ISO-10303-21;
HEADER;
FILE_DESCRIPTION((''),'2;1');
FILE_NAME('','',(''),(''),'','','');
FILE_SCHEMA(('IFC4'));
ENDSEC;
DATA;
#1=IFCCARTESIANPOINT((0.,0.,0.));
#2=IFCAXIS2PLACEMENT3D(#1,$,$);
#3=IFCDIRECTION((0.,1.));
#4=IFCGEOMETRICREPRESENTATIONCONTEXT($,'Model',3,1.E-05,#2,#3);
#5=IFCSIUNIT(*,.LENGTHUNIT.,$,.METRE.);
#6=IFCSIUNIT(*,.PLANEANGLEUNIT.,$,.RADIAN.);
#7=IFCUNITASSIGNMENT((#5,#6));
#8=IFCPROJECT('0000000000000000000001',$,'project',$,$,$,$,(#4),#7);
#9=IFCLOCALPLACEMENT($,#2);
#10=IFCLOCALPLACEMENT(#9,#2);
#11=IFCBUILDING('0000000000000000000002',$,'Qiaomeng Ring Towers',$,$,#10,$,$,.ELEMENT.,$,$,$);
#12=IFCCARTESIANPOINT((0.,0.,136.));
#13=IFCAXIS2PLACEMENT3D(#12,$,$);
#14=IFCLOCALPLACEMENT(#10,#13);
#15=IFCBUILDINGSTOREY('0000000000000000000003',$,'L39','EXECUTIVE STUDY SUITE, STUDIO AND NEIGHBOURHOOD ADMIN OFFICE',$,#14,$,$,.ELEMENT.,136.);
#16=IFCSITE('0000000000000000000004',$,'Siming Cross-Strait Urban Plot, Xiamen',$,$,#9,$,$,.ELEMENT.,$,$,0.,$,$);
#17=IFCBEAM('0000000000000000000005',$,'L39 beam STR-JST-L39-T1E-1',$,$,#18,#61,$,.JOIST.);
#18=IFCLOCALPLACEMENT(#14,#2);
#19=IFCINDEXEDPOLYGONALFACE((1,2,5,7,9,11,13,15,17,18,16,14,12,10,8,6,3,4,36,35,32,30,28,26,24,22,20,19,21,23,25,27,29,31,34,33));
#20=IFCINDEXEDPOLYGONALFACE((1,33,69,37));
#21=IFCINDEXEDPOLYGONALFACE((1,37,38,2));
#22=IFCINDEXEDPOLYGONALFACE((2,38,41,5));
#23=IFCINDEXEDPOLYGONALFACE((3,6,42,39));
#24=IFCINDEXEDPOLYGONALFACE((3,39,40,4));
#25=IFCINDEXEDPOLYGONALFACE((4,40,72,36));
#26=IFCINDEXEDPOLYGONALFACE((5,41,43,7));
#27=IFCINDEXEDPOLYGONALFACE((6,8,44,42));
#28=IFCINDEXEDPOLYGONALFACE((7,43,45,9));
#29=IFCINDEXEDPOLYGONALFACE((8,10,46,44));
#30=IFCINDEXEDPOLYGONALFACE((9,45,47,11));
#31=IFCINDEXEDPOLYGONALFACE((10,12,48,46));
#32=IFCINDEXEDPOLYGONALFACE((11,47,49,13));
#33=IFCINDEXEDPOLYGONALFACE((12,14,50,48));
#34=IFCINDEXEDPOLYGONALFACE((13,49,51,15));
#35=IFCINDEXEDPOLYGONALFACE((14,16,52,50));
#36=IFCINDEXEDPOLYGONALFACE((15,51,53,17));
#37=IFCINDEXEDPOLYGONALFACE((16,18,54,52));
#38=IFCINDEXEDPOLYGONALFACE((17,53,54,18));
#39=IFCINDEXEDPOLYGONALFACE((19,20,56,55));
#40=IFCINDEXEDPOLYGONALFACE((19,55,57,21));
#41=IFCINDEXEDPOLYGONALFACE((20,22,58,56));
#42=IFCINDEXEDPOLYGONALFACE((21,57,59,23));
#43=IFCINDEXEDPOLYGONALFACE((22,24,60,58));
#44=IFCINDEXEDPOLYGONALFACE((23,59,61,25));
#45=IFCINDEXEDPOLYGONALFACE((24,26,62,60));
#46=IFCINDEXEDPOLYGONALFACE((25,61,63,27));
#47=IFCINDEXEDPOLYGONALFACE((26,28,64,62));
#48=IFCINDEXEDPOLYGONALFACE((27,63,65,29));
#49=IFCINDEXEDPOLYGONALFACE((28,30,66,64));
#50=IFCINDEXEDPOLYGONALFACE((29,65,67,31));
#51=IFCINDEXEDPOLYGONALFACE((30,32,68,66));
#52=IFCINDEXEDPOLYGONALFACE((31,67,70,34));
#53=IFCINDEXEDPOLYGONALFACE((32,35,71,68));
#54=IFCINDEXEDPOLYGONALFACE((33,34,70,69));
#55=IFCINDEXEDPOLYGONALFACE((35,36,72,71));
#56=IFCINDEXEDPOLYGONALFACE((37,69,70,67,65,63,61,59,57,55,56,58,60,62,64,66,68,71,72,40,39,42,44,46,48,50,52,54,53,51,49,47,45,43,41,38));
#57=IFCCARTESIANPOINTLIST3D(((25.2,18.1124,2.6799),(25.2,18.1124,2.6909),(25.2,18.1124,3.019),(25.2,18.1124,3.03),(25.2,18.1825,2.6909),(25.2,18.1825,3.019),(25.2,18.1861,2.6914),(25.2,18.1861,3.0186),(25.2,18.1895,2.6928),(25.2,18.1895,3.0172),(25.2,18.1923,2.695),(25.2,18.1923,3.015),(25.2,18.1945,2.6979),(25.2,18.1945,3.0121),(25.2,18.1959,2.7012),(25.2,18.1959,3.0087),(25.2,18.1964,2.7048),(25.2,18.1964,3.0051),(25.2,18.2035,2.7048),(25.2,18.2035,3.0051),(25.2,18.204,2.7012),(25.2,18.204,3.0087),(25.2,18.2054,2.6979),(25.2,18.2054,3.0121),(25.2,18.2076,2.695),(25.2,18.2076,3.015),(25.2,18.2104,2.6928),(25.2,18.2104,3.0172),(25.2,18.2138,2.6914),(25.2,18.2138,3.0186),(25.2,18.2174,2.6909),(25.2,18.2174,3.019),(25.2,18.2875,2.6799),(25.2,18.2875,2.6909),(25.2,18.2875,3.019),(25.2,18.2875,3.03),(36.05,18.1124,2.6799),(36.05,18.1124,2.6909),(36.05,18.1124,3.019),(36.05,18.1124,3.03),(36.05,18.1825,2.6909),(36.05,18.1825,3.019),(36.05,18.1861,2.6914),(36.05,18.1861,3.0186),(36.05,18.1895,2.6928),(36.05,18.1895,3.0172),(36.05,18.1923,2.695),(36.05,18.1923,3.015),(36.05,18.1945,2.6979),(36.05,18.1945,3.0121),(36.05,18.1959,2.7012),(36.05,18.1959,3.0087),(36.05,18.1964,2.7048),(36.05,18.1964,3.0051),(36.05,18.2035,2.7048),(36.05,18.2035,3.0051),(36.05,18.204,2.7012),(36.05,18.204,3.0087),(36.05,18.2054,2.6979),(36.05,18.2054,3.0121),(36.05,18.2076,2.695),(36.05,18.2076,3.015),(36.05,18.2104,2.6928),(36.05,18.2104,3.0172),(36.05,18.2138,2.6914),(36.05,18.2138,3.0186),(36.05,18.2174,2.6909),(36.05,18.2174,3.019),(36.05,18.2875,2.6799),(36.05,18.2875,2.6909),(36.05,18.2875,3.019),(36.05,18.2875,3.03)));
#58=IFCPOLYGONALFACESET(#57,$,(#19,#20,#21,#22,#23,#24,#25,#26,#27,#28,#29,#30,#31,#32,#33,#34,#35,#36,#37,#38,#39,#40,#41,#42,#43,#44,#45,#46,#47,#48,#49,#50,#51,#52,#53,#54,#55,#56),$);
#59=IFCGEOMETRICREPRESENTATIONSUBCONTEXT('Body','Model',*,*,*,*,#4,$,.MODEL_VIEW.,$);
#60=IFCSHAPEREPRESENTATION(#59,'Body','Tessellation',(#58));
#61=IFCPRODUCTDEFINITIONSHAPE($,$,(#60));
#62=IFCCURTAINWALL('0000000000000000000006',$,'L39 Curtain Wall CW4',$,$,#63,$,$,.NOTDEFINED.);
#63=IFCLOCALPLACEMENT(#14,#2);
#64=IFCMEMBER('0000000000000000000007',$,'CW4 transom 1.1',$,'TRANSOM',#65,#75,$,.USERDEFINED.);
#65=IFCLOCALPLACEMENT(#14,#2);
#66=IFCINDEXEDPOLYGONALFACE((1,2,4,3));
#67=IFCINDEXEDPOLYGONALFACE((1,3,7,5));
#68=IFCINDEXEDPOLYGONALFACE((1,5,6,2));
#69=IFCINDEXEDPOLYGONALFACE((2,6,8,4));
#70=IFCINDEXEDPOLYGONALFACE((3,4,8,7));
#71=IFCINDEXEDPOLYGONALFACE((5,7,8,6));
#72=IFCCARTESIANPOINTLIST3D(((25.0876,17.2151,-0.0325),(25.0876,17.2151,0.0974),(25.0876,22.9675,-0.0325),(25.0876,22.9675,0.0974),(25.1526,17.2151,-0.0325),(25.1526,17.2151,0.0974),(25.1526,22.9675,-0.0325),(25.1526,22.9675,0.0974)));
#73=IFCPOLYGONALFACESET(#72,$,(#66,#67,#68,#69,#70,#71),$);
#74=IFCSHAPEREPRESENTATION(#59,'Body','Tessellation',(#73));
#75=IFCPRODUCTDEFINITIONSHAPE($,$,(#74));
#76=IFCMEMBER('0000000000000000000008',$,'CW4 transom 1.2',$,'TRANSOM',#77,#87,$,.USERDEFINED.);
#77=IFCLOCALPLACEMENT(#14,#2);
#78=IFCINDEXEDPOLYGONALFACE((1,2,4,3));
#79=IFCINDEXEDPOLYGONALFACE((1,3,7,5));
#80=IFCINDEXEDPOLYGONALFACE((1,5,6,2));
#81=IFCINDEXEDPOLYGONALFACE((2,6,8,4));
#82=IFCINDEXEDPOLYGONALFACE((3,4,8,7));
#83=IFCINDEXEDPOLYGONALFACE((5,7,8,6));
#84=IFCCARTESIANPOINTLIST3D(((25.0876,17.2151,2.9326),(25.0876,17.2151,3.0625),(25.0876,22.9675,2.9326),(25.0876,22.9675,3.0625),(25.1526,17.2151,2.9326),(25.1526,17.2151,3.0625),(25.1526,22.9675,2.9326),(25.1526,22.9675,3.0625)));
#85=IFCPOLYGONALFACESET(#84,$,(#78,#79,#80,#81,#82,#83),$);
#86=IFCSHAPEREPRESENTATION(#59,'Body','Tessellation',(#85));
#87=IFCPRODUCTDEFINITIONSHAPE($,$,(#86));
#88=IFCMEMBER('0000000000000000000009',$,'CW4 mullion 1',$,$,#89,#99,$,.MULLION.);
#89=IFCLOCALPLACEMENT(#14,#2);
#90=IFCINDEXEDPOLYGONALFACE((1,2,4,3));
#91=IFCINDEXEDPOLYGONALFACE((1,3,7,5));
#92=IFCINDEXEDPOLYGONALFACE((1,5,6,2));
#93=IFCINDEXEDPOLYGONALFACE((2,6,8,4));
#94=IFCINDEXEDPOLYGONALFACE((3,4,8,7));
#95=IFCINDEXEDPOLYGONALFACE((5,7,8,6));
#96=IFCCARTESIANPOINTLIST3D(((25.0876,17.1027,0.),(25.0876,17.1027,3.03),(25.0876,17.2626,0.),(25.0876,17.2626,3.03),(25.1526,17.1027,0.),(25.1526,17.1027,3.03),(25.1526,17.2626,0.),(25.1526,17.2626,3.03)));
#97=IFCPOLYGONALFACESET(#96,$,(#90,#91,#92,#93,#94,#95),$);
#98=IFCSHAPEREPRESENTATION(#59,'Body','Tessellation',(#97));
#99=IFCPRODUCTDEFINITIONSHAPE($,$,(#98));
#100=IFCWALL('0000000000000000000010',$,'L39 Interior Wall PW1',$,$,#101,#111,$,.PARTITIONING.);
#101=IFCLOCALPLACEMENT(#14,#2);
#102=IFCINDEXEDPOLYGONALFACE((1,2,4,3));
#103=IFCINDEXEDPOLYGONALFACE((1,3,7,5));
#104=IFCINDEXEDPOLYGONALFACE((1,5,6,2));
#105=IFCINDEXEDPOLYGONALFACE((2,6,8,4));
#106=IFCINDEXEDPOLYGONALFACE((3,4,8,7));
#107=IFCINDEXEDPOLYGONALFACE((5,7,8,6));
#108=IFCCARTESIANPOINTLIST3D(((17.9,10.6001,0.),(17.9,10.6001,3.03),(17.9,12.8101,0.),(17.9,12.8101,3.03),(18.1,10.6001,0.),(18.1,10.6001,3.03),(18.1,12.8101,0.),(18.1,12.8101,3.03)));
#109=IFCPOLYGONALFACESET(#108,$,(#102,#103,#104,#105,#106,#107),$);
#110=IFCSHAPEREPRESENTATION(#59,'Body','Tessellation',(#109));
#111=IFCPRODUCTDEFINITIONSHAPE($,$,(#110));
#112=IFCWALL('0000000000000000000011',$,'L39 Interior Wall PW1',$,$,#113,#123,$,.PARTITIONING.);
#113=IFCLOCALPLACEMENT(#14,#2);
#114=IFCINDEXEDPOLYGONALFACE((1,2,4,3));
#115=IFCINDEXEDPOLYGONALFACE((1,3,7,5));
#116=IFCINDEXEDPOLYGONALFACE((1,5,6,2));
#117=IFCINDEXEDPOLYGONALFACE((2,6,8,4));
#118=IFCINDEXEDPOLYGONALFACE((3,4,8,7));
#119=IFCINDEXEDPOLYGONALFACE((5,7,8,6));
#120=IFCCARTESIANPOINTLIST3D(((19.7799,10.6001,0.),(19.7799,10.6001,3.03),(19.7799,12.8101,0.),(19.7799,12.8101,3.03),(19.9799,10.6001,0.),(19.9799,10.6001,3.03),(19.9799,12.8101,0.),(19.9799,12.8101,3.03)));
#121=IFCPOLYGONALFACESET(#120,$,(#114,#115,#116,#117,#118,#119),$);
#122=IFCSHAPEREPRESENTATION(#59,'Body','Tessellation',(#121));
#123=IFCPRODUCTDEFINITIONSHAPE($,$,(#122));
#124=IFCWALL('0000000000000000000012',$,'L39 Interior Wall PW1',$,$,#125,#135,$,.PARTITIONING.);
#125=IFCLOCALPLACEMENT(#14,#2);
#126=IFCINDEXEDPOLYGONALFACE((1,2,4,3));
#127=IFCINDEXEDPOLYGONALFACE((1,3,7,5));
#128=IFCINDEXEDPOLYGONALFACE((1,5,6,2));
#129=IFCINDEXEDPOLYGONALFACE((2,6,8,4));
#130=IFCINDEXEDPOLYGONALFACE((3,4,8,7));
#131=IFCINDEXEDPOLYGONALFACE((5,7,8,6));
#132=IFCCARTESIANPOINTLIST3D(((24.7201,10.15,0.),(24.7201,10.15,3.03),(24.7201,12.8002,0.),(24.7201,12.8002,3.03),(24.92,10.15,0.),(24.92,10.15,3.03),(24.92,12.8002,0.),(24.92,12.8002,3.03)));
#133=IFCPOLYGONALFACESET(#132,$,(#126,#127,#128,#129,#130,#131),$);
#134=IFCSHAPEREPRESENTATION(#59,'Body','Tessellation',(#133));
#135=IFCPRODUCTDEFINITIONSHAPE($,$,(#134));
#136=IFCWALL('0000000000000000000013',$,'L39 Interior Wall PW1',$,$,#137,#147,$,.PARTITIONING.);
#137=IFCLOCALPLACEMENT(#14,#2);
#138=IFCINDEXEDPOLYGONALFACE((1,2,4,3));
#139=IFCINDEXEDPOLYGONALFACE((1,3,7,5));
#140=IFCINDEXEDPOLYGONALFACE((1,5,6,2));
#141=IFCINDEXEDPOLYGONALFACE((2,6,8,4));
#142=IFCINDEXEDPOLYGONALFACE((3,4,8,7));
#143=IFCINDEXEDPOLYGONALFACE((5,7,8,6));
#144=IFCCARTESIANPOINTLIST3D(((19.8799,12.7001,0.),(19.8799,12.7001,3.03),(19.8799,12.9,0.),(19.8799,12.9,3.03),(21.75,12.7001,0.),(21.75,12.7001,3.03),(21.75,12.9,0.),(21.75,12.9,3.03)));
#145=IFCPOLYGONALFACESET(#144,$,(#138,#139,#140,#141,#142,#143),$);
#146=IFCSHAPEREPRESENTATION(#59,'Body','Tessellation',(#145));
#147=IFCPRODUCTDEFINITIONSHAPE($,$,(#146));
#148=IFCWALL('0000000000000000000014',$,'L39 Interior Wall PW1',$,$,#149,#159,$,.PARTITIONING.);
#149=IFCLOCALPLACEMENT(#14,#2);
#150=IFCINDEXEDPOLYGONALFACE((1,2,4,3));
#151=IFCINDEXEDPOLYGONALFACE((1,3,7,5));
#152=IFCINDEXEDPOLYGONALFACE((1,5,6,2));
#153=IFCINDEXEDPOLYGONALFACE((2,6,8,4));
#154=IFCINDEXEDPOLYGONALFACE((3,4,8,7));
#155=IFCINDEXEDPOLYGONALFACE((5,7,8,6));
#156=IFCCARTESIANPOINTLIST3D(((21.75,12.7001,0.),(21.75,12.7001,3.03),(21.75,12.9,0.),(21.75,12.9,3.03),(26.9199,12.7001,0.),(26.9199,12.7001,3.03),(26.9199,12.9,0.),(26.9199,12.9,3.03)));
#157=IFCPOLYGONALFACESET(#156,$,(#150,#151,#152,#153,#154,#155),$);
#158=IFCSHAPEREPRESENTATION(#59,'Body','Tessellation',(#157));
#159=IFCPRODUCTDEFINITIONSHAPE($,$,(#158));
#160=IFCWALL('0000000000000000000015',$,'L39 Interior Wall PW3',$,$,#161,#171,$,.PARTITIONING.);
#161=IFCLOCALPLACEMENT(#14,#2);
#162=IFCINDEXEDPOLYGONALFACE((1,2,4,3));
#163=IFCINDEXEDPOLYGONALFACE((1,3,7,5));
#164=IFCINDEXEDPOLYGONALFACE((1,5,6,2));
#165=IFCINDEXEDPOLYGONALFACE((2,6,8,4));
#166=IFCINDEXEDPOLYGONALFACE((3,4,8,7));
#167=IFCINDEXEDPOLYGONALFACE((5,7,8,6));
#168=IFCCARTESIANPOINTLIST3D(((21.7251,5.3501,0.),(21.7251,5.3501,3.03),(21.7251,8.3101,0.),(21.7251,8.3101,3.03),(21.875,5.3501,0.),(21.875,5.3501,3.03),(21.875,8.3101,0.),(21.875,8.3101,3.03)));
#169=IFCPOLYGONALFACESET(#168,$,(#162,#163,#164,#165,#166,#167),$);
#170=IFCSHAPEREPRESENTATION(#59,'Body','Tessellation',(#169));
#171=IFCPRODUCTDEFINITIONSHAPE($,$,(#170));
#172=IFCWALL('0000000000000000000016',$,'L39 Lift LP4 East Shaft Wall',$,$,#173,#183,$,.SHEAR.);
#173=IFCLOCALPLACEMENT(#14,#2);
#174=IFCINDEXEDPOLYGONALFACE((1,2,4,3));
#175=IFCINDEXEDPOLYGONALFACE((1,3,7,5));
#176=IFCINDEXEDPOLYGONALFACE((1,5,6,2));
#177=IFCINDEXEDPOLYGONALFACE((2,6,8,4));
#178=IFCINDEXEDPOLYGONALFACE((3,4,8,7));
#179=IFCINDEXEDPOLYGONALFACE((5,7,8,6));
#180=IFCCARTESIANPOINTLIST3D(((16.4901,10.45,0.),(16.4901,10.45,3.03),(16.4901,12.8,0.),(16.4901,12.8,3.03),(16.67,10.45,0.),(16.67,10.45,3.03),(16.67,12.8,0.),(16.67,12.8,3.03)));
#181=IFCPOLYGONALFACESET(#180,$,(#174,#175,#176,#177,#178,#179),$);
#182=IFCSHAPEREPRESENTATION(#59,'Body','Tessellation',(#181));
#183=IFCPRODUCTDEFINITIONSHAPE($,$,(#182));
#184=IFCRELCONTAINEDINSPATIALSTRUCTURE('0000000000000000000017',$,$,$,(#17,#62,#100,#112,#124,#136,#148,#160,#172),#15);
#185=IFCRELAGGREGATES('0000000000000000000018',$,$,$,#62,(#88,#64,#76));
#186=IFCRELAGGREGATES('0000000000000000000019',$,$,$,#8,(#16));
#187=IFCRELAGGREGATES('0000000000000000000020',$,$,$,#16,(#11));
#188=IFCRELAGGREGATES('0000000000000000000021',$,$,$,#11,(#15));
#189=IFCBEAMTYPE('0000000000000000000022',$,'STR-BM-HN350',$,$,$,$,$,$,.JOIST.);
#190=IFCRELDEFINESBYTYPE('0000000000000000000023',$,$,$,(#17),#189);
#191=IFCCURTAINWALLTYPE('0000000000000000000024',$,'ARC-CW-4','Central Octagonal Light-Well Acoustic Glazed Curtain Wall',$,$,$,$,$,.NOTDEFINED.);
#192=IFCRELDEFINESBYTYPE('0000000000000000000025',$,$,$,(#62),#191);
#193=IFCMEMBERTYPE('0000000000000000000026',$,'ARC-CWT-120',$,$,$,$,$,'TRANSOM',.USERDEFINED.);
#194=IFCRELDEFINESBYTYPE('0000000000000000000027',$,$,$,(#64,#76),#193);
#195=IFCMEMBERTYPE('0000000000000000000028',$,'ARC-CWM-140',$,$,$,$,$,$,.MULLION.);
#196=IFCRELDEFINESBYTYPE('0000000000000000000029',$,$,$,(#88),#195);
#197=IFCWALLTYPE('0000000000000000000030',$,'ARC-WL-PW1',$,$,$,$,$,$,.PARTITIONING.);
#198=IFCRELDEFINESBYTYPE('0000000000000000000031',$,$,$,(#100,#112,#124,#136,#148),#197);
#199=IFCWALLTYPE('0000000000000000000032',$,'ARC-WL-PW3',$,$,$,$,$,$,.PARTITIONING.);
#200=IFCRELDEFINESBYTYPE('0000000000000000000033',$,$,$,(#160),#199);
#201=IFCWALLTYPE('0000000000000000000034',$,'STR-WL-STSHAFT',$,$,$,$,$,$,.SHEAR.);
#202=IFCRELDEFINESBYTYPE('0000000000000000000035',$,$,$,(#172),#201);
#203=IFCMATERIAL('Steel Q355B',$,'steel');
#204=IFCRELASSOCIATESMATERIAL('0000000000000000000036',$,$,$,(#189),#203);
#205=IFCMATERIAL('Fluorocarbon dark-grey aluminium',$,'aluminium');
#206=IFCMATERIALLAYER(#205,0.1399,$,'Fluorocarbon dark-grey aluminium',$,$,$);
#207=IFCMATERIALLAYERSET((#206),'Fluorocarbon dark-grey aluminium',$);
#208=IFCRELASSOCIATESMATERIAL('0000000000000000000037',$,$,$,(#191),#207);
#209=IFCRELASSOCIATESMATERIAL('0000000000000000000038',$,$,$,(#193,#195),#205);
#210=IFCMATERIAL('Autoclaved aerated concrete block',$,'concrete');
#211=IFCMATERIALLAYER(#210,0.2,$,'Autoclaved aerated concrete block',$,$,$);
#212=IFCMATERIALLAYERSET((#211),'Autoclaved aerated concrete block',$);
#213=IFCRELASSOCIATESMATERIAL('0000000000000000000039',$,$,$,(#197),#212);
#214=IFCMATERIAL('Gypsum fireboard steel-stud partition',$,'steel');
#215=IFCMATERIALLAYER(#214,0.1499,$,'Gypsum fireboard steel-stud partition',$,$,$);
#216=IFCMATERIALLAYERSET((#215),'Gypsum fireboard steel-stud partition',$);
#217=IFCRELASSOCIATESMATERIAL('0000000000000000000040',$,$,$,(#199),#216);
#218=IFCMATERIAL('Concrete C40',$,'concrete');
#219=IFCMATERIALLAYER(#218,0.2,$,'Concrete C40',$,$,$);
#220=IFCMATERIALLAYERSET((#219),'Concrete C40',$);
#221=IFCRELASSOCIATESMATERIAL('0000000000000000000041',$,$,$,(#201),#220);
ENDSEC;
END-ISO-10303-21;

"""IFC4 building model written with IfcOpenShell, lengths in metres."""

from ifc_helpers import new_model, si_unit, direction, frame, frame_2d, origin, origin_2d, place, context, subcontext, project, spatial, rectangle, i_section, extrude, source, transform, mapped, material, layer, layer_set, material_profile, profile_set, type_object, element, aggregate, save


model = new_model("IFC4")

# Units and contexts
model_context = context("Model", 3, precision=1e-05, world=origin(), true_north=direction((0.0, 1.0)))
body_context = subcontext(model_context, "Body", "Model", "MODEL_VIEW")
ifc_project = project(units=[si_unit("LENGTHUNIT", "METRE"), si_unit("PLANEANGLEUNIT", "RADIAN")], contexts=[model_context])

# Site, building, storey
site_placement = place(None, origin())
site = spatial("IfcSite", under=ifc_project, at=site_placement, Name="Siming Cross-Strait Urban Plot, Xiamen", CompositionType="ELEMENT", RefElevation=0.0)
building_placement = place(site_placement, origin())
building = spatial("IfcBuilding", under=site, at=building_placement, Name="Qiaomeng Ring Towers", CompositionType="ELEMENT")
storey_placement = place(building_placement, frame((0.0, 0.0, 136.0)))
storey = spatial("IfcBuildingStorey", under=building, at=storey_placement, Name="L39", Description="EXECUTIVE STUDY SUITE, STUDIO AND NEIGHBOURHOOD ADMIN OFFICE", CompositionType="ELEMENT", Elevation=136.0)

# Beam
ifc_material_1 = material(Name="Steel Q355B", Category="steel")
ifc_material_profile_1 = material_profile(ifc_material_1, i_section(OverallWidth=0.175, OverallDepth=0.3501, WebThickness=0.0071, FlangeThickness=0.011, FilletRadius=0.0139, at=origin_2d()), Name="HN 350x175x7x11")
ifc_profile_set_1 = profile_set([ifc_material_profile_1], Name="Steel Q355B")
beam_type_1 = type_object("IfcBeamType", Name="STR-BM-HN350", PredefinedType="JOIST", material=ifc_profile_set_1)
shared_shape_1 = source(origin(), body_context, "Body", "SweptSolid", [
    extrude(i_section(OverallWidth=0.175, OverallDepth=0.3501, WebThickness=0.0071, FlangeThickness=0.011, FilletRadius=0.0139, at=origin_2d()), origin(), (0.0, 0.0, 1.0), 10.8501),
])
beam_1_placement = place(storey_placement, frame((25.2, 18.2, 2.855), z_axis=(1.0, 0.0, 0.0), x_axis=(0.0, 1.0, 0.0)))
element("IfcBeam", 1, at=beam_1_placement, inside=storey, type_object=beam_type_1, Name="L39 beam STR-JST-L39-T1E-1", PredefinedType="JOIST", context=body_context, shape_type="MappedRepresentation", body=[
    mapped(shared_shape_1, transform((0.0, 0.0, 0.0), x_axis=(1.0, 0.0, 0.0), y_axis=(0.0, 1.0, 0.0), z_axis=(0.0, 0.0, 1.0), scale=1.0)),
])

# Curtain wall, members
ifc_material_2 = material(Name="Fluorocarbon dark-grey aluminium", Category="aluminium")
ifc_layer_1 = layer(ifc_material_2, 0.1399, Name="Fluorocarbon dark-grey aluminium")
ifc_layer_set_1 = layer_set([ifc_layer_1], Name="Fluorocarbon dark-grey aluminium")
curtain_wall_type = type_object("IfcCurtainWallType", Name="ARC-CW-4", Description="Central Octagonal Light-Well Acoustic Glazed Curtain Wall", PredefinedType="NOTDEFINED", material=ifc_layer_set_1)
curtain_wall_placement = place(storey_placement, origin())
curtain_wall = element("IfcCurtainWall", 2, at=curtain_wall_placement, inside=storey, type_object=curtain_wall_type, Name="L39 Curtain Wall CW4", PredefinedType="NOTDEFINED")
ifc_material_profile_2 = material_profile(ifc_material_2, rectangle(XDim=0.0649, YDim=0.1299, at=origin_2d()), Name="ALU TRAN 65x130")
ifc_profile_set_2 = profile_set([ifc_material_profile_2], Name="Fluorocarbon dark-grey aluminium")
member_type_1 = type_object("IfcMemberType", Name="ARC-CWT-120", ElementType="TRANSOM", PredefinedType="USERDEFINED", material=ifc_profile_set_2)
shared_shape_2 = source(origin(), body_context, "Body", "SweptSolid", [
    extrude(rectangle(XDim=0.0649, YDim=0.1299, at=origin_2d()), origin(), (0.0, 0.0, 1.0), 5.7524),
])
member_1_placement = place(storey_placement, frame((25.1201, 17.2151, 0.0325), z_axis=(0.0, 1.0, 0.0), x_axis=(-1.0, 0.0, 0.0)))
member_1 = element("IfcMember", 3, at=member_1_placement, type_object=member_type_1, Name="CW4 transom 1.1", ObjectType="TRANSOM", PredefinedType="USERDEFINED", context=body_context, shape_type="MappedRepresentation", body=[
    mapped(shared_shape_2, transform((0.0, 0.0, 0.0), x_axis=(1.0, 0.0, 0.0), y_axis=(0.0, 1.0, 0.0), z_axis=(0.0, 0.0, 1.0), scale=1.0)),
])
member_2_placement = place(storey_placement, frame((25.1201, 17.2151, 2.9976), z_axis=(0.0, 1.0, 0.0), x_axis=(-1.0, 0.0, 0.0)))
member_2 = element("IfcMember", 4, at=member_2_placement, type_object=member_type_1, Name="CW4 transom 1.2", ObjectType="TRANSOM", PredefinedType="USERDEFINED", context=body_context, shape_type="MappedRepresentation", body=[
    mapped(shared_shape_2, transform((0.0, 0.0, 0.0), x_axis=(1.0, 0.0, 0.0), y_axis=(0.0, 1.0, 0.0), z_axis=(0.0, 0.0, 1.0), scale=1.0)),
])
ifc_material_profile_3 = material_profile(ifc_material_2, rectangle(XDim=0.0649, YDim=0.1599, at=origin_2d()), Name="ALU MULL 65x160")
ifc_profile_set_3 = profile_set([ifc_material_profile_3], Name="Fluorocarbon dark-grey aluminium")
member_type_2 = type_object("IfcMemberType", Name="ARC-CWM-140", PredefinedType="MULLION", material=ifc_profile_set_3)
shared_shape_3 = source(origin(), body_context, "Body", "SweptSolid", [
    extrude(rectangle(XDim=0.0649, YDim=0.1599, at=origin_2d()), origin(), (0.0, 0.0, 1.0), 3.03),
])
member_3_placement = place(storey_placement, frame((25.1201, 17.1826, 0.0), z_axis=(0.0, 0.0, 1.0), x_axis=(-1.0, 0.0, 0.0)))
member_3 = element("IfcMember", 5, at=member_3_placement, type_object=member_type_2, Name="CW4 mullion 1", PredefinedType="MULLION", context=body_context, shape_type="MappedRepresentation", body=[
    mapped(shared_shape_3, transform((0.0, 0.0, 0.0), x_axis=(1.0, 0.0, 0.0), y_axis=(0.0, 1.0, 0.0), z_axis=(0.0, 0.0, 1.0), scale=1.0)),
])
aggregate(curtain_wall, [member_3, member_1, member_2])

# Walls
ifc_material_3 = material(Name="Autoclaved aerated concrete block", Category="concrete")
ifc_layer_2 = layer(ifc_material_3, 0.2, Name="Autoclaved aerated concrete block")
ifc_layer_set_2 = layer_set([ifc_layer_2], Name="Autoclaved aerated concrete block")
wall_type_1 = type_object("IfcWallType", Name="ARC-WL-PW1", PredefinedType="PARTITIONING", material=ifc_layer_set_2)
for number, where, z_axis, x_axis, name in (
    (6, (18.0, 10.6001, 0.0), (0.0, 0.0, 1.0), (0.0, 1.0, 0.0), "L39 Interior Wall PW1"),
    (7, (19.8799, 10.6001, 0.0), (0.0, 0.0, 1.0), (0.0, 1.0, 0.0), "L39 Interior Wall PW1"),
):
    element("IfcWall", number, at=place(storey_placement, frame(where, z_axis=z_axis, x_axis=x_axis)), inside=storey, type_object=wall_type_1, Name=name, PredefinedType="PARTITIONING", context=body_context, shape_type="SweptSolid", body=[
        extrude(rectangle(XDim=2.21, YDim=0.2, at=frame_2d((1.105, 0.0))), origin(), (0.0, 0.0, 1.0), 3.03),
    ])
wall_1_placement = place(storey_placement, frame((24.8201, 10.1499, 0.0), z_axis=(0.0, 0.0, 1.0), x_axis=(0.0, 1.0, 0.0)))
element("IfcWall", 8, at=wall_1_placement, inside=storey, type_object=wall_type_1, Name="L39 Interior Wall PW1", PredefinedType="PARTITIONING", context=body_context, shape_type="SweptSolid", body=[
    extrude(rectangle(XDim=2.6501, YDim=0.2, at=frame_2d((1.3252, 0.0))), origin(), (0.0, 0.0, 1.0), 3.03),
])
wall_2_placement = place(storey_placement, frame((19.8799, 12.8, 0.0), z_axis=(0.0, 0.0, 1.0), x_axis=(1.0, 0.0, 0.0)))
element("IfcWall", 9, at=wall_2_placement, inside=storey, type_object=wall_type_1, Name="L39 Interior Wall PW1", PredefinedType="PARTITIONING", context=body_context, shape_type="SweptSolid", body=[
    extrude(rectangle(XDim=1.8701, YDim=0.2, at=frame_2d((0.9351, 0.0))), origin(), (0.0, 0.0, 1.0), 3.03),
])
wall_3_placement = place(storey_placement, frame((21.75, 12.8, 0.0), z_axis=(0.0, 0.0, 1.0), x_axis=(1.0, 0.0, 0.0)))
element("IfcWall", 10, at=wall_3_placement, inside=storey, type_object=wall_type_1, Name="L39 Interior Wall PW1", PredefinedType="PARTITIONING", context=body_context, shape_type="SweptSolid", body=[
    extrude(rectangle(XDim=5.1699, YDim=0.2, at=frame_2d((2.585, 0.0))), origin(), (0.0, 0.0, 1.0), 3.03),
])
ifc_material_4 = material(Name="Gypsum fireboard steel-stud partition", Category="steel")
ifc_layer_3 = layer(ifc_material_4, 0.1499, Name="Gypsum fireboard steel-stud partition")
ifc_layer_set_3 = layer_set([ifc_layer_3], Name="Gypsum fireboard steel-stud partition")
wall_type_2 = type_object("IfcWallType", Name="ARC-WL-PW3", PredefinedType="PARTITIONING", material=ifc_layer_set_3)
wall_4_placement = place(storey_placement, frame((21.8, 5.3501, 0.0), z_axis=(0.0, 0.0, 1.0), x_axis=(0.0, 1.0, 0.0)))
element("IfcWall", 11, at=wall_4_placement, inside=storey, type_object=wall_type_2, Name="L39 Interior Wall PW3", PredefinedType="PARTITIONING", context=body_context, shape_type="SweptSolid", body=[
    extrude(rectangle(XDim=2.96, YDim=0.1499, at=frame_2d((1.48, 0.0))), origin(), (0.0, 0.0, 1.0), 3.03),
])
ifc_material_5 = material(Name="Concrete C40", Category="concrete")
ifc_layer_4 = layer(ifc_material_5, 0.2, Name="Concrete C40")
ifc_layer_set_4 = layer_set([ifc_layer_4], Name="Concrete C40")
wall_type_3 = type_object("IfcWallType", Name="STR-WL-STSHAFT", PredefinedType="SHEAR", material=ifc_layer_set_4)
wall_5_placement = place(storey_placement, frame((16.5801, 10.45, 0.0), z_axis=(0.0, 0.0, 1.0), x_axis=(0.0, 1.0, 0.0)))
element("IfcWall", 12, at=wall_5_placement, inside=storey, type_object=wall_type_3, Name="L39 Lift LP4 East Shaft Wall", PredefinedType="SHEAR", context=body_context, shape_type="SweptSolid", body=[
    extrude(rectangle(XDim=2.3501, YDim=0.1799, at=frame_2d((1.175, 0.0))), origin(), (0.0, 0.0, 1.0), 3.03),
])

save(model, "model.ifc")
